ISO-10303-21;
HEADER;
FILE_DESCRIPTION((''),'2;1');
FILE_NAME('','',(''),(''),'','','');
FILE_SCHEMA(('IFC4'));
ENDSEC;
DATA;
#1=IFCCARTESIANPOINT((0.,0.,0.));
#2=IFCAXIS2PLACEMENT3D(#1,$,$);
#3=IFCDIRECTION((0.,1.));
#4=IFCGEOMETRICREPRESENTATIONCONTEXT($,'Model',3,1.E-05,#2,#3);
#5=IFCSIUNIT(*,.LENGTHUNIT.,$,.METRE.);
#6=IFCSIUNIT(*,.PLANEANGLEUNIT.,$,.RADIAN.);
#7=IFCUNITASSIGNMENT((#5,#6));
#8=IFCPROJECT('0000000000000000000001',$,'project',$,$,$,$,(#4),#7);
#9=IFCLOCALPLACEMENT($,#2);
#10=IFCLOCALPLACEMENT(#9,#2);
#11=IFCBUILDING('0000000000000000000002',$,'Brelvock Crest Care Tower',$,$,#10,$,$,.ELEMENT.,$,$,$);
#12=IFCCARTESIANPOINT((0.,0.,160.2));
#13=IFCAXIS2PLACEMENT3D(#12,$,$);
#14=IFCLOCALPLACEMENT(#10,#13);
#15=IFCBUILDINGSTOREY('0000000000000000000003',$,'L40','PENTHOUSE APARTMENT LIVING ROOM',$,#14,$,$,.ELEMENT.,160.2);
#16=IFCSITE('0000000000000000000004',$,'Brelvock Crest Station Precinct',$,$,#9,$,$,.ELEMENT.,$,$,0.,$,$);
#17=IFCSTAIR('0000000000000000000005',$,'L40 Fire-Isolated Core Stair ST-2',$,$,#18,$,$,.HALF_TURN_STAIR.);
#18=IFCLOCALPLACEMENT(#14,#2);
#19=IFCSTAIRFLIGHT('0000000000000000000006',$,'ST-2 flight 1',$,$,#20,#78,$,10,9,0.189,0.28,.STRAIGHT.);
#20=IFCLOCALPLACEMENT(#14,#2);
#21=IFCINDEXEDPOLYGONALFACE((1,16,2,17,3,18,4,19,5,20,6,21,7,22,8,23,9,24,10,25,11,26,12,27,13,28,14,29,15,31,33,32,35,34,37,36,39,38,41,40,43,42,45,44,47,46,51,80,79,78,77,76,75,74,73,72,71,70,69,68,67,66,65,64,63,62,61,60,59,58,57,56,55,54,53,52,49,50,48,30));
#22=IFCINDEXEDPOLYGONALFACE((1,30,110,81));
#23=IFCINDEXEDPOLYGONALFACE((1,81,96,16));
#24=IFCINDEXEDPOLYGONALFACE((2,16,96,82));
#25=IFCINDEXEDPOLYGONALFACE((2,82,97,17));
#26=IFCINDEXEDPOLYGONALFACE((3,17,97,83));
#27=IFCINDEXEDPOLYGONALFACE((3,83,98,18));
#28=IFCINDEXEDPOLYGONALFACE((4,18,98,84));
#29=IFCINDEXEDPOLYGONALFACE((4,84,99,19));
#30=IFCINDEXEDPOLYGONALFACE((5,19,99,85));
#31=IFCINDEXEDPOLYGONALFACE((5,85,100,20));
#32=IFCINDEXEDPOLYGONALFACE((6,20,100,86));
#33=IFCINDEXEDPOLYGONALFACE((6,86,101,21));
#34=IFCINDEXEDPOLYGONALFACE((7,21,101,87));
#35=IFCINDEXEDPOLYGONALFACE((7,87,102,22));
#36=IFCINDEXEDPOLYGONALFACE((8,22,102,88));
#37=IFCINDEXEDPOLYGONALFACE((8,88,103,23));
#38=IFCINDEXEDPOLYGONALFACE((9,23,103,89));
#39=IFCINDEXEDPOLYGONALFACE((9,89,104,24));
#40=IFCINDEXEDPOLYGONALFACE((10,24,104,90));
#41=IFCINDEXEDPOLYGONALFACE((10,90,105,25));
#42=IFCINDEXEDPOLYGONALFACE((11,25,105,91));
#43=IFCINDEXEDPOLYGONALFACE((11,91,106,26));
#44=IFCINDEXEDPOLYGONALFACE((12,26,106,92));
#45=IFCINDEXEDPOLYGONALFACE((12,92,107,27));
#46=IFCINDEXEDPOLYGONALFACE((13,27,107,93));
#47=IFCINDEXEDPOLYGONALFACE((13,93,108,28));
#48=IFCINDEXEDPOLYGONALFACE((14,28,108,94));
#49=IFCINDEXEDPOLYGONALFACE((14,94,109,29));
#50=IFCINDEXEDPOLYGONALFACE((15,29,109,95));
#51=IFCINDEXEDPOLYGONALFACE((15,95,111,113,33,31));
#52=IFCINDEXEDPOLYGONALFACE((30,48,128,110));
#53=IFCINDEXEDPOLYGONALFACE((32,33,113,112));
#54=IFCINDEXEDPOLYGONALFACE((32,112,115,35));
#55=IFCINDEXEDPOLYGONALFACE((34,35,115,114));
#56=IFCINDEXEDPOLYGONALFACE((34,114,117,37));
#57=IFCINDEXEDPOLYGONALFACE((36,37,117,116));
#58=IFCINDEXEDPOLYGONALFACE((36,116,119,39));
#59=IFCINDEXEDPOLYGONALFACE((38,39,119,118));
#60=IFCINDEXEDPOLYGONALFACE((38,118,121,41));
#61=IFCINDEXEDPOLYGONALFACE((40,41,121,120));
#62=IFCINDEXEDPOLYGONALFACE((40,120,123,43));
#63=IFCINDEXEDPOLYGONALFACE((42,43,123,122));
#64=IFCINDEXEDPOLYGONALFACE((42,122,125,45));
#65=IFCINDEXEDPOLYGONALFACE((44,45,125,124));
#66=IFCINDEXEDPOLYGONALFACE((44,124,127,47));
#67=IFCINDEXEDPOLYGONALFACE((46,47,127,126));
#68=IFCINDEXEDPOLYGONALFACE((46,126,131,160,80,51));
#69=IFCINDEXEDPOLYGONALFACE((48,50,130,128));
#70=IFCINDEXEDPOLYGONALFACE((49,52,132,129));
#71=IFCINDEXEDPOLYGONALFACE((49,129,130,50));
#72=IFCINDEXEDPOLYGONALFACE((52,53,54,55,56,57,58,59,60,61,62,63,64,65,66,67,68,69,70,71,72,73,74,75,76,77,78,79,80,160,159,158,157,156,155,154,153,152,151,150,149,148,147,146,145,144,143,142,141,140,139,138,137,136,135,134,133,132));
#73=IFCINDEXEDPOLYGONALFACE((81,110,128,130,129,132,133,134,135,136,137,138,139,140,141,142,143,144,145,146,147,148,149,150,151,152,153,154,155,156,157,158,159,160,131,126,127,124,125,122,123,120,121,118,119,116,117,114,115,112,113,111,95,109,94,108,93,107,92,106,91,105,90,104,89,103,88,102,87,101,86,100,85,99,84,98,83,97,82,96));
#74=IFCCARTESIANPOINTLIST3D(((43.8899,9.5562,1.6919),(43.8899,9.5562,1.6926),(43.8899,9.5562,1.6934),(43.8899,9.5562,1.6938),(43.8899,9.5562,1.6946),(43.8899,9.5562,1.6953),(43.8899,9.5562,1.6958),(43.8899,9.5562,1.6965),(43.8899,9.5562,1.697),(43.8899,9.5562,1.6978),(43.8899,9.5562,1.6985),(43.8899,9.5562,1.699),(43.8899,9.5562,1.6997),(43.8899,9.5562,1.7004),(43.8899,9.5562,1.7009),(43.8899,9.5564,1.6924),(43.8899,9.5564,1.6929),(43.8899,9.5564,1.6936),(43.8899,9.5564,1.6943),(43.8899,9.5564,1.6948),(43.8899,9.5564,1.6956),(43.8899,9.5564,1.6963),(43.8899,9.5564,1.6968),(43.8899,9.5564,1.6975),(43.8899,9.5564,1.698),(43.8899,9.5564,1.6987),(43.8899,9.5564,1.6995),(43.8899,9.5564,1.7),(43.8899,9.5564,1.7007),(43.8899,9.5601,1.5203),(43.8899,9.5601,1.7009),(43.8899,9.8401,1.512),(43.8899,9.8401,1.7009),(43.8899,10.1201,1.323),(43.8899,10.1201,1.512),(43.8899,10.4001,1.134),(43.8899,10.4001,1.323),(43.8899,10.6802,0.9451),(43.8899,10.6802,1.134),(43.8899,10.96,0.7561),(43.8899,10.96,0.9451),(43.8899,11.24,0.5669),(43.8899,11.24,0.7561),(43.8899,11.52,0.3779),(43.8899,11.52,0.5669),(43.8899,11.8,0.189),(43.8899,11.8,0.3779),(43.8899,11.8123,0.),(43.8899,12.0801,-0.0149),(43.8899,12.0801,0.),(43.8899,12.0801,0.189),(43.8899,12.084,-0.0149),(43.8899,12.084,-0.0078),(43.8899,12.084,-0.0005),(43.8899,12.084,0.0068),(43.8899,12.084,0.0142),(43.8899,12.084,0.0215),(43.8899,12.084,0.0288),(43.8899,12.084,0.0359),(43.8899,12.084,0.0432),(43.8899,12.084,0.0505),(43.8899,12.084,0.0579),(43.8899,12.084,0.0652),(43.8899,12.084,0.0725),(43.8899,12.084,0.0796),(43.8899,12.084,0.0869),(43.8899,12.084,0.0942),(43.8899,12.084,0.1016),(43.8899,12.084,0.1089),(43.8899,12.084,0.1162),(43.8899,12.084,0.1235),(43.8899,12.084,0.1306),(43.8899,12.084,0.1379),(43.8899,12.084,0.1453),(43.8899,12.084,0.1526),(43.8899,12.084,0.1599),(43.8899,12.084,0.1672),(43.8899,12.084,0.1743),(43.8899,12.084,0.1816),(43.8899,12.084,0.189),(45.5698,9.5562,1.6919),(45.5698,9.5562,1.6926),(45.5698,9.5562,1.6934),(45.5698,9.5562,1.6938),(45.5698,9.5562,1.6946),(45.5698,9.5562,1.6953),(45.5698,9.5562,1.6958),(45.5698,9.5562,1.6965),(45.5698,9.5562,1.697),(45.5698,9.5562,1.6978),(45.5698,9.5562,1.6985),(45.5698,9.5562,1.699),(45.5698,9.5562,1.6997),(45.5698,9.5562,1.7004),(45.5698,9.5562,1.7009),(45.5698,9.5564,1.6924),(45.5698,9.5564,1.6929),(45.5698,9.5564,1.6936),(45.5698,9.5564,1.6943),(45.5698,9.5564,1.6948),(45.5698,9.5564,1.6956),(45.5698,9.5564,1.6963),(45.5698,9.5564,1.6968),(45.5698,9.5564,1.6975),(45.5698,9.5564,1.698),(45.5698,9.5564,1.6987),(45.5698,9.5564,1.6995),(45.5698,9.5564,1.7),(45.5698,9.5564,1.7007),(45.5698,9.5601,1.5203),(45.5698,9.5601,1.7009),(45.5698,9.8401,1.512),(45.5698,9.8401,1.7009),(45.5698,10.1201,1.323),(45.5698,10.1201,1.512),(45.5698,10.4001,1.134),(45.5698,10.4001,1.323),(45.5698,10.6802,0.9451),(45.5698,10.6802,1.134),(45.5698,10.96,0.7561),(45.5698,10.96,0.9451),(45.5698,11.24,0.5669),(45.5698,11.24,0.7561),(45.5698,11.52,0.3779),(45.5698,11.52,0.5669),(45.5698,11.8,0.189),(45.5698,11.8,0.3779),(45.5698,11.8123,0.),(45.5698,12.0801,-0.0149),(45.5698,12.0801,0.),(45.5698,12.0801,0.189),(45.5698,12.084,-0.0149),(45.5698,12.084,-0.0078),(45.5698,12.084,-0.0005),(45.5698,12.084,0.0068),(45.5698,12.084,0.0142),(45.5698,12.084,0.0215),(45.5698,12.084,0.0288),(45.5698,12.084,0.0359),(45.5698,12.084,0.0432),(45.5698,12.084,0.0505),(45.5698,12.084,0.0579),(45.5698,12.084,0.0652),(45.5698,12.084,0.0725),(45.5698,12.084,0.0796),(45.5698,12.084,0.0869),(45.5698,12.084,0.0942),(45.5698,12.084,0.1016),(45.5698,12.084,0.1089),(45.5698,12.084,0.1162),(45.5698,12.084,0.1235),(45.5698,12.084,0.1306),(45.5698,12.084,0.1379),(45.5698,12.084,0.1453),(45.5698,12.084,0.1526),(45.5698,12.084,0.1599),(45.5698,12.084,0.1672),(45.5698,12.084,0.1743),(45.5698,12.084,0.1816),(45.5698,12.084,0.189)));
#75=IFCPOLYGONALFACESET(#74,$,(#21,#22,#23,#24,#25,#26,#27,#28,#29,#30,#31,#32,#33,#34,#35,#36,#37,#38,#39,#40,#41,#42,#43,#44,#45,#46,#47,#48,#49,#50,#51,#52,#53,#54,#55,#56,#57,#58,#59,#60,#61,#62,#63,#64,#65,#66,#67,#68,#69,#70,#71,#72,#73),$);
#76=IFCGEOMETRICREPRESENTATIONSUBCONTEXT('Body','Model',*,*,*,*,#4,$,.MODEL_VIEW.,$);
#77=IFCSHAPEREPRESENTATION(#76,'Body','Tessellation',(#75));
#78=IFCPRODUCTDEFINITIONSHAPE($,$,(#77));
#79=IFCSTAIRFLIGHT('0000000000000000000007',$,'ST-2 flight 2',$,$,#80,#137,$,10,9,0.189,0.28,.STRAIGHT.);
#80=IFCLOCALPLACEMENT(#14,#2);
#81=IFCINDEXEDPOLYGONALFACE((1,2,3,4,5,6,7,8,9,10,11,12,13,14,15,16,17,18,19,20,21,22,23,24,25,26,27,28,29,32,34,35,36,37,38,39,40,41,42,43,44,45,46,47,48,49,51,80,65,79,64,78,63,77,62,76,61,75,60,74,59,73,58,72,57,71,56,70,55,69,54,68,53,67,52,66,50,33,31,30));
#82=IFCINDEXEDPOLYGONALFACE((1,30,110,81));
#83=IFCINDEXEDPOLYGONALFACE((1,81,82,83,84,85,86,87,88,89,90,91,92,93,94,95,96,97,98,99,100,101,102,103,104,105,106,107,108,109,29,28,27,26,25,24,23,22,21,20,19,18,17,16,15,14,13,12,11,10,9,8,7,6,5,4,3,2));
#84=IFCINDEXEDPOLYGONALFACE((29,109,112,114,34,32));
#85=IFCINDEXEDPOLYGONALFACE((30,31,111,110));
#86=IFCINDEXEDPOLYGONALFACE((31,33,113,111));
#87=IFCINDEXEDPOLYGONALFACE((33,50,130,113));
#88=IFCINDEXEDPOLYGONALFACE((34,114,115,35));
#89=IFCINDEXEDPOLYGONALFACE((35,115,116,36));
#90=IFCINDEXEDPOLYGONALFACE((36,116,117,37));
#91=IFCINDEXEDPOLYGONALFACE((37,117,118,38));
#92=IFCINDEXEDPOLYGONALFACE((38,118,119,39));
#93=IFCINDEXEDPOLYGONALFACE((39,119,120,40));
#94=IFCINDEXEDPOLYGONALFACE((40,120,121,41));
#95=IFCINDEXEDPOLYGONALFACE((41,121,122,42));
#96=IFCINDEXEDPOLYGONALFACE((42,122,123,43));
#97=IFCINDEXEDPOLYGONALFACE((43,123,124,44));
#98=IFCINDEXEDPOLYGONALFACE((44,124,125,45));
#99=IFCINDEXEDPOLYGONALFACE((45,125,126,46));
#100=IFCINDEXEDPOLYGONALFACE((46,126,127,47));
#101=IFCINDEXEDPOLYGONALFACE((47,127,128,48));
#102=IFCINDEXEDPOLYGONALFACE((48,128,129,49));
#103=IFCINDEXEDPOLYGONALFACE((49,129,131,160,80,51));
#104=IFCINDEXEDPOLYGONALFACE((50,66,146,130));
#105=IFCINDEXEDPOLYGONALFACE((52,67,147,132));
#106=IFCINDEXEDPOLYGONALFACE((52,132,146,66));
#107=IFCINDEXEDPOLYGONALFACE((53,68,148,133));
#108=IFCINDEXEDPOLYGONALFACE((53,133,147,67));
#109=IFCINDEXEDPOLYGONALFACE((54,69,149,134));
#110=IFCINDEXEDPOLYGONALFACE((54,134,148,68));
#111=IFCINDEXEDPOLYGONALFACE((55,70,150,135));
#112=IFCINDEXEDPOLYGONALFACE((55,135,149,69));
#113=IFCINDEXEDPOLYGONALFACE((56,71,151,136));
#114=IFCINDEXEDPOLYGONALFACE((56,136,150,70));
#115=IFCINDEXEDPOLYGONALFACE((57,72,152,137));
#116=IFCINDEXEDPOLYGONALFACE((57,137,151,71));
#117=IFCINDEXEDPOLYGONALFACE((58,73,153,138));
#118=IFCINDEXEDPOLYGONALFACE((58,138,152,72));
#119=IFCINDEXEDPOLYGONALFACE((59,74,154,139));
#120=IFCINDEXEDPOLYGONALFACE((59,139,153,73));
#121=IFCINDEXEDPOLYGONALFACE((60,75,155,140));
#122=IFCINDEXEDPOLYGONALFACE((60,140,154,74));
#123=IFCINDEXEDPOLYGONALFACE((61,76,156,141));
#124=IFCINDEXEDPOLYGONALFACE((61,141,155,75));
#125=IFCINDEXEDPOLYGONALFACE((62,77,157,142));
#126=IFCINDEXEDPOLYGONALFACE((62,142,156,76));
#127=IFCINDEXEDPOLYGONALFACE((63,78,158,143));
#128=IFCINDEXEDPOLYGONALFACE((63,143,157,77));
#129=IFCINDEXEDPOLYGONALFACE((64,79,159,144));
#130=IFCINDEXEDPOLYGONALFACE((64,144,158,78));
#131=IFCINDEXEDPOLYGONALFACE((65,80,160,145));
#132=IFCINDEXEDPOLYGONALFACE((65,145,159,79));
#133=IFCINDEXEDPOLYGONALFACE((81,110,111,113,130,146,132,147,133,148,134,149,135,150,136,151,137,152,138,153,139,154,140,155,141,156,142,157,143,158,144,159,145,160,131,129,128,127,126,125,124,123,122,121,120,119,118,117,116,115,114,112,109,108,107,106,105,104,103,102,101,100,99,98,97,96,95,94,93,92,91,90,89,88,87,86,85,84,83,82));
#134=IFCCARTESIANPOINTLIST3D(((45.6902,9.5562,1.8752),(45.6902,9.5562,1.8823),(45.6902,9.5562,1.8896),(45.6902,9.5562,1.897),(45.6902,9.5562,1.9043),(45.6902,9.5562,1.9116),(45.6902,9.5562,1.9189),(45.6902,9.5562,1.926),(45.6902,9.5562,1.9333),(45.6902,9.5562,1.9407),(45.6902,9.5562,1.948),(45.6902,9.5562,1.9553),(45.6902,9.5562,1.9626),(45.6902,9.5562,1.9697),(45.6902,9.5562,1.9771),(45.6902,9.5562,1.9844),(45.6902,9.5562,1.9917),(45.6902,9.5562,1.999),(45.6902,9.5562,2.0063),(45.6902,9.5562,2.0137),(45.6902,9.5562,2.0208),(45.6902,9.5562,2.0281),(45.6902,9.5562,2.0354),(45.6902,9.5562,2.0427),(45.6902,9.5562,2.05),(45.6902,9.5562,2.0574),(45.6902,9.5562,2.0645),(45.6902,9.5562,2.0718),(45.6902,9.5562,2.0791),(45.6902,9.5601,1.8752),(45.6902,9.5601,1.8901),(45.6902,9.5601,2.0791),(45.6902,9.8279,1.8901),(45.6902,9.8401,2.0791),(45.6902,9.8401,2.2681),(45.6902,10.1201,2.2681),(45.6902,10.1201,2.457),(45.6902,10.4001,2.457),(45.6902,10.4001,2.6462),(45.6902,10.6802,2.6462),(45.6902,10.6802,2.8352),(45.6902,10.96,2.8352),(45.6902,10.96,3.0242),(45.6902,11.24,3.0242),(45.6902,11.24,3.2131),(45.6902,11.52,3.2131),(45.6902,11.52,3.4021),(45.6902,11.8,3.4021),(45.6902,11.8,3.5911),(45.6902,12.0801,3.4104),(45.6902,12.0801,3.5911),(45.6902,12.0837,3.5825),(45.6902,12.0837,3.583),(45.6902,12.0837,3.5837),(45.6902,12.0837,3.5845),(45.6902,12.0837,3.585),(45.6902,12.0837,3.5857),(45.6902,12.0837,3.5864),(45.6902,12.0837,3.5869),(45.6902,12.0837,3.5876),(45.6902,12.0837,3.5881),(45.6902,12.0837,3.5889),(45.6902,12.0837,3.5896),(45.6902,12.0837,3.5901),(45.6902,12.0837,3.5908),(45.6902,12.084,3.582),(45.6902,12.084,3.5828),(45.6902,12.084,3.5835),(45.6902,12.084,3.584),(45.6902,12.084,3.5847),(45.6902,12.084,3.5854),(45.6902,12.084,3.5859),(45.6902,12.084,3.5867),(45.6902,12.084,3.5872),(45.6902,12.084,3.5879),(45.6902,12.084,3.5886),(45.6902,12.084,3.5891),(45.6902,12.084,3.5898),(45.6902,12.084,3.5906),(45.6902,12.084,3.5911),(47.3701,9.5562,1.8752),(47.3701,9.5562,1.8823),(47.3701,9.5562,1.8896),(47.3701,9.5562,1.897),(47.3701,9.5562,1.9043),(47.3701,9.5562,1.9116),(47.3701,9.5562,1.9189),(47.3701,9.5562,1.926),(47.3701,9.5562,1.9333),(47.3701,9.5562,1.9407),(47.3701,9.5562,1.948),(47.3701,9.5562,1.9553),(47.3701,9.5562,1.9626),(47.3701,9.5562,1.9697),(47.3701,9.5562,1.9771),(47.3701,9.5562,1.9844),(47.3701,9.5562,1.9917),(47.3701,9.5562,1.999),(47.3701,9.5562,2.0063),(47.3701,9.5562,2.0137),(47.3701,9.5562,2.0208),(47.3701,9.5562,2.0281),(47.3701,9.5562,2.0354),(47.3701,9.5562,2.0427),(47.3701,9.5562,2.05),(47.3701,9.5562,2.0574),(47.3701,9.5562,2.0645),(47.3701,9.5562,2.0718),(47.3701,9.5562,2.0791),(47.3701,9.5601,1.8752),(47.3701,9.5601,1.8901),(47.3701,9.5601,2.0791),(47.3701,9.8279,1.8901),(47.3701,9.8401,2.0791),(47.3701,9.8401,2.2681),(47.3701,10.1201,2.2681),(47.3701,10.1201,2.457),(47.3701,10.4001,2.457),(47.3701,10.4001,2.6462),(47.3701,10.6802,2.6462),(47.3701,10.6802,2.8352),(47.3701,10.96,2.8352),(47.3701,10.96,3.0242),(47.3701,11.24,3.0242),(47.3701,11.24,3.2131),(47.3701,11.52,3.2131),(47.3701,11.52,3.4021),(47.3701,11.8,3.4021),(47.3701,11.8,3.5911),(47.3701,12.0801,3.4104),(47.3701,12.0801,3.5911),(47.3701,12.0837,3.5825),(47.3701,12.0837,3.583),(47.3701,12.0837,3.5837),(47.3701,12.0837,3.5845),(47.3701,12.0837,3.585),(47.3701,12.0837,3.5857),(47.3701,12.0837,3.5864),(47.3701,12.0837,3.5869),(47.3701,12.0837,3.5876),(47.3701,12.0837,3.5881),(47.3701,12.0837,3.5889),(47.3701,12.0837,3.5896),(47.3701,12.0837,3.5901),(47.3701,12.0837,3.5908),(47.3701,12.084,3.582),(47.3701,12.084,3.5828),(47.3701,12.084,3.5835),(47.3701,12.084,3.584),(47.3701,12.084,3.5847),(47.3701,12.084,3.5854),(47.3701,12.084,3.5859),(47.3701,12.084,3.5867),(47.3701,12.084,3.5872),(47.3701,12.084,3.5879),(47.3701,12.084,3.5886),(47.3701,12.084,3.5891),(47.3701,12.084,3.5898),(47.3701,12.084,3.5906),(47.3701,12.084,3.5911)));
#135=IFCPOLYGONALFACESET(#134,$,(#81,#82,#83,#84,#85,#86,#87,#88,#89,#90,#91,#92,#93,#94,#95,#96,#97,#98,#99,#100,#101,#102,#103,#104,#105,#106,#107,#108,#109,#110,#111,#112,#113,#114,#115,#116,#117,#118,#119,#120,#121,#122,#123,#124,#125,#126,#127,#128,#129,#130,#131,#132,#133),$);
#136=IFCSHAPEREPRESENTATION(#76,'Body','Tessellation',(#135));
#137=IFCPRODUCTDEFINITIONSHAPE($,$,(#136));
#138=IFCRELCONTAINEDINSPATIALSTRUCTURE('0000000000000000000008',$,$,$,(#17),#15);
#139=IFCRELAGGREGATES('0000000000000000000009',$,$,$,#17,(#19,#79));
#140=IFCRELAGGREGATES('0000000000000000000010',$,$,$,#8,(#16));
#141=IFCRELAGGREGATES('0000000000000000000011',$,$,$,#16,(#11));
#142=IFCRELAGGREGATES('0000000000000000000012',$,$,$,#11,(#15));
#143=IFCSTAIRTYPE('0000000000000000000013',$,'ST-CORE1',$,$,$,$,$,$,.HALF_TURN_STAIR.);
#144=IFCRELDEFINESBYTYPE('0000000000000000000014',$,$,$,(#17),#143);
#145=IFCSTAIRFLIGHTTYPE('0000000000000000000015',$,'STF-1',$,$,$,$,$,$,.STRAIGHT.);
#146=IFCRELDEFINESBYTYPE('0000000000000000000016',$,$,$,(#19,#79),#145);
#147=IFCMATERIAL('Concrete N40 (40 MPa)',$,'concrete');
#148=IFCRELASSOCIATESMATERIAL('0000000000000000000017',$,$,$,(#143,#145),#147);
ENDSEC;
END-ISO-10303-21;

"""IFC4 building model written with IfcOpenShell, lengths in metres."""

from ifc_helpers import new_model, si_unit, direction, frame, origin, place, context, subcontext, project, spatial, polyline, outline, extrude, material, type_object, element, aggregate, save


model = new_model("IFC4")

# Units and contexts
model_context = context("Model", 3, precision=1e-05, world=origin(), true_north=direction((0.0, 1.0)))
body_context = subcontext(model_context, "Body", "Model", "MODEL_VIEW")
ifc_project = project(units=[si_unit("LENGTHUNIT", "METRE"), si_unit("PLANEANGLEUNIT", "RADIAN")], contexts=[model_context])

# Site, building, storey
site_placement = place(None, origin())
site = spatial("IfcSite", under=ifc_project, at=site_placement, Name="Brelvock Crest Station Precinct", CompositionType="ELEMENT", RefElevation=0.0)
building_placement = place(site_placement, origin())
building = spatial("IfcBuilding", under=site, at=building_placement, Name="Brelvock Crest Care Tower", CompositionType="ELEMENT")
storey_placement = place(building_placement, frame((0.0, 0.0, 160.2)))
storey = spatial("IfcBuildingStorey", under=building, at=storey_placement, Name="L40", Description="PENTHOUSE APARTMENT LIVING ROOM", CompositionType="ELEMENT", Elevation=160.2)

# Stair, stair flights
ifc_material_1 = material(Name="Concrete N40 (40 MPa)", Category="concrete")
stair_type = type_object("IfcStairType", Name="ST-CORE1", PredefinedType="HALF_TURN_STAIR", material=ifc_material_1)
stair_placement = place(storey_placement, origin())
stair = element("IfcStair", 1, at=stair_placement, inside=storey, type_object=stair_type, Name="L40 Fire-Isolated Core Stair ST-2", PredefinedType="HALF_TURN_STAIR")
stair_flight_type = type_object("IfcStairFlightType", Name="STF-1", PredefinedType="STRAIGHT", material=ifc_material_1)
stair_flight_1_placement = place(storey_placement, frame((44.73, 12.0801, 0.0), z_axis=(0.0, 0.0, 1.0), x_axis=(0.0, -1.0, 0.0)))
stair_flight_1 = element("IfcStairFlight", 2, at=stair_flight_1_placement, type_object=stair_flight_type, Name="ST-2 flight 1", NumberOfRisers=10, NumberOfTreads=9, PredefinedType="STRAIGHT", RiserHeight=0.189, TreadLength=0.28, context=body_context, shape_type="SweptSolid", body=[
    extrude(outline(polyline([(-0.0039, -0.0149), (-0.0039, -0.0078), (-0.0039, -0.0005), (-0.0039, 0.0068), (-0.0039, 0.0142), (-0.0039, 0.0215), (-0.0039, 0.0288), (-0.0039, 0.0359), (-0.0039, 0.0432), (-0.0039, 0.0505), (-0.0039, 0.0579), (-0.0039, 0.0652), (-0.0039, 0.0725), (-0.0039, 0.0796), (-0.0039, 0.0869), (-0.0039, 0.0942), (-0.0039, 0.1016), (-0.0039, 0.1089), (-0.0039, 0.1162), (-0.0039, 0.1235), (-0.0039, 0.1306), (-0.0039, 0.1379), (-0.0039, 0.1453), (-0.0039, 0.1526), (-0.0039, 0.1599), (-0.0039, 0.1672), (-0.0039, 0.1743), (-0.0039, 0.1816), (-0.0039, 0.189), (0.0, 0.189), (0.28, 0.189), (0.28, 0.3779), (0.5601, 0.3779), (0.5601, 0.5669), (0.8401, 0.5669), (0.8401, 0.7561), (1.1201, 0.7561), (1.1201, 0.9451), (1.3999, 0.9451), (1.3999, 1.134), (1.6799, 1.134), (1.6799, 1.323), (1.96, 1.323), (1.96, 1.512), (2.24, 1.512), (2.24, 1.7009), (2.52, 1.7009), (2.5239, 1.7009), (2.5237, 1.7007), (2.5239, 1.7004), (2.5237, 1.7), (2.5239, 1.6997), (2.5237, 1.6995), (2.5239, 1.699), (2.5237, 1.6987), (2.5239, 1.6985), (2.5237, 1.698), (2.5239, 1.6978), (2.5237, 1.6975), (2.5239, 1.697), (2.5237, 1.6968), (2.5239, 1.6965), (2.5237, 1.6963), (2.5239, 1.6958), (2.5237, 1.6956), (2.5239, 1.6953), (2.5237, 1.6948), (2.5239, 1.6946), (2.5237, 1.6943), (2.5239, 1.6938), (2.5237, 1.6936), (2.5239, 1.6934), (2.5237, 1.6929), (2.5239, 1.6926), (2.5237, 1.6924), (2.5239, 1.6919), (2.52, 1.5203), (0.2678, 0.0), (0.0, 0.0), (0.0, -0.0149), (-0.0039, -0.0149)])), frame((0.0, 0.8398, 0.0), z_axis=(0.0, -1.0, 0.0), x_axis=(1.0, 0.0, 0.0)), (0.0, 0.0, 1.0), 1.6799),
])
stair_flight_2_placement = place(storey_placement, frame((46.53, 9.5601, 1.8901), z_axis=(0.0, 0.0, 1.0), x_axis=(0.0, 1.0, 0.0)))
stair_flight_2 = element("IfcStairFlight", 3, at=stair_flight_2_placement, type_object=stair_flight_type, Name="ST-2 flight 2", NumberOfRisers=10, NumberOfTreads=9, PredefinedType="STRAIGHT", RiserHeight=0.189, TreadLength=0.28, context=body_context, shape_type="SweptSolid", body=[
    extrude(outline(polyline([(-0.0039, -0.0149), (-0.0039, -0.0078), (-0.0039, -0.0005), (-0.0039, 0.0068), (-0.0039, 0.0142), (-0.0039, 0.0215), (-0.0039, 0.0288), (-0.0039, 0.0359), (-0.0039, 0.0432), (-0.0039, 0.0505), (-0.0039, 0.0579), (-0.0039, 0.0652), (-0.0039, 0.0725), (-0.0039, 0.0796), (-0.0039, 0.0869), (-0.0039, 0.0942), (-0.0039, 0.1016), (-0.0039, 0.1089), (-0.0039, 0.1162), (-0.0039, 0.1235), (-0.0039, 0.1306), (-0.0039, 0.1379), (-0.0039, 0.1453), (-0.0039, 0.1526), (-0.0039, 0.1599), (-0.0039, 0.1672), (-0.0039, 0.1743), (-0.0039, 0.1816), (-0.0039, 0.189), (0.0, 0.189), (0.28, 0.189), (0.28, 0.3779), (0.5601, 0.3779), (0.5601, 0.5669), (0.8401, 0.5669), (0.8401, 0.7561), (1.1201, 0.7561), (1.1201, 0.9451), (1.3999, 0.9451), (1.3999, 1.134), (1.6799, 1.134), (1.6799, 1.323), (1.96, 1.323), (1.96, 1.512), (2.24, 1.512), (2.24, 1.7009), (2.52, 1.7009), (2.5239, 1.7009), (2.5237, 1.7007), (2.5239, 1.7004), (2.5237, 1.7), (2.5239, 1.6997), (2.5237, 1.6995), (2.5239, 1.699), (2.5237, 1.6987), (2.5239, 1.6985), (2.5237, 1.698), (2.5239, 1.6978), (2.5237, 1.6975), (2.5239, 1.697), (2.5237, 1.6968), (2.5239, 1.6965), (2.5237, 1.6963), (2.5239, 1.6958), (2.5237, 1.6956), (2.5239, 1.6953), (2.5237, 1.6948), (2.5239, 1.6946), (2.5237, 1.6943), (2.5239, 1.6938), (2.5237, 1.6936), (2.5239, 1.6934), (2.5237, 1.6929), (2.5239, 1.6926), (2.5237, 1.6924), (2.5239, 1.6919), (2.52, 1.5203), (0.2678, 0.0), (0.0, 0.0), (0.0, -0.0149), (-0.0039, -0.0149)])), frame((0.0, 0.8398, 0.0), z_axis=(0.0, -1.0, 0.0), x_axis=(1.0, 0.0, 0.0)), (0.0, 0.0, 1.0), 1.6799),
])
aggregate(stair, [stair_flight_1, stair_flight_2])

save(model, "model.ifc")
